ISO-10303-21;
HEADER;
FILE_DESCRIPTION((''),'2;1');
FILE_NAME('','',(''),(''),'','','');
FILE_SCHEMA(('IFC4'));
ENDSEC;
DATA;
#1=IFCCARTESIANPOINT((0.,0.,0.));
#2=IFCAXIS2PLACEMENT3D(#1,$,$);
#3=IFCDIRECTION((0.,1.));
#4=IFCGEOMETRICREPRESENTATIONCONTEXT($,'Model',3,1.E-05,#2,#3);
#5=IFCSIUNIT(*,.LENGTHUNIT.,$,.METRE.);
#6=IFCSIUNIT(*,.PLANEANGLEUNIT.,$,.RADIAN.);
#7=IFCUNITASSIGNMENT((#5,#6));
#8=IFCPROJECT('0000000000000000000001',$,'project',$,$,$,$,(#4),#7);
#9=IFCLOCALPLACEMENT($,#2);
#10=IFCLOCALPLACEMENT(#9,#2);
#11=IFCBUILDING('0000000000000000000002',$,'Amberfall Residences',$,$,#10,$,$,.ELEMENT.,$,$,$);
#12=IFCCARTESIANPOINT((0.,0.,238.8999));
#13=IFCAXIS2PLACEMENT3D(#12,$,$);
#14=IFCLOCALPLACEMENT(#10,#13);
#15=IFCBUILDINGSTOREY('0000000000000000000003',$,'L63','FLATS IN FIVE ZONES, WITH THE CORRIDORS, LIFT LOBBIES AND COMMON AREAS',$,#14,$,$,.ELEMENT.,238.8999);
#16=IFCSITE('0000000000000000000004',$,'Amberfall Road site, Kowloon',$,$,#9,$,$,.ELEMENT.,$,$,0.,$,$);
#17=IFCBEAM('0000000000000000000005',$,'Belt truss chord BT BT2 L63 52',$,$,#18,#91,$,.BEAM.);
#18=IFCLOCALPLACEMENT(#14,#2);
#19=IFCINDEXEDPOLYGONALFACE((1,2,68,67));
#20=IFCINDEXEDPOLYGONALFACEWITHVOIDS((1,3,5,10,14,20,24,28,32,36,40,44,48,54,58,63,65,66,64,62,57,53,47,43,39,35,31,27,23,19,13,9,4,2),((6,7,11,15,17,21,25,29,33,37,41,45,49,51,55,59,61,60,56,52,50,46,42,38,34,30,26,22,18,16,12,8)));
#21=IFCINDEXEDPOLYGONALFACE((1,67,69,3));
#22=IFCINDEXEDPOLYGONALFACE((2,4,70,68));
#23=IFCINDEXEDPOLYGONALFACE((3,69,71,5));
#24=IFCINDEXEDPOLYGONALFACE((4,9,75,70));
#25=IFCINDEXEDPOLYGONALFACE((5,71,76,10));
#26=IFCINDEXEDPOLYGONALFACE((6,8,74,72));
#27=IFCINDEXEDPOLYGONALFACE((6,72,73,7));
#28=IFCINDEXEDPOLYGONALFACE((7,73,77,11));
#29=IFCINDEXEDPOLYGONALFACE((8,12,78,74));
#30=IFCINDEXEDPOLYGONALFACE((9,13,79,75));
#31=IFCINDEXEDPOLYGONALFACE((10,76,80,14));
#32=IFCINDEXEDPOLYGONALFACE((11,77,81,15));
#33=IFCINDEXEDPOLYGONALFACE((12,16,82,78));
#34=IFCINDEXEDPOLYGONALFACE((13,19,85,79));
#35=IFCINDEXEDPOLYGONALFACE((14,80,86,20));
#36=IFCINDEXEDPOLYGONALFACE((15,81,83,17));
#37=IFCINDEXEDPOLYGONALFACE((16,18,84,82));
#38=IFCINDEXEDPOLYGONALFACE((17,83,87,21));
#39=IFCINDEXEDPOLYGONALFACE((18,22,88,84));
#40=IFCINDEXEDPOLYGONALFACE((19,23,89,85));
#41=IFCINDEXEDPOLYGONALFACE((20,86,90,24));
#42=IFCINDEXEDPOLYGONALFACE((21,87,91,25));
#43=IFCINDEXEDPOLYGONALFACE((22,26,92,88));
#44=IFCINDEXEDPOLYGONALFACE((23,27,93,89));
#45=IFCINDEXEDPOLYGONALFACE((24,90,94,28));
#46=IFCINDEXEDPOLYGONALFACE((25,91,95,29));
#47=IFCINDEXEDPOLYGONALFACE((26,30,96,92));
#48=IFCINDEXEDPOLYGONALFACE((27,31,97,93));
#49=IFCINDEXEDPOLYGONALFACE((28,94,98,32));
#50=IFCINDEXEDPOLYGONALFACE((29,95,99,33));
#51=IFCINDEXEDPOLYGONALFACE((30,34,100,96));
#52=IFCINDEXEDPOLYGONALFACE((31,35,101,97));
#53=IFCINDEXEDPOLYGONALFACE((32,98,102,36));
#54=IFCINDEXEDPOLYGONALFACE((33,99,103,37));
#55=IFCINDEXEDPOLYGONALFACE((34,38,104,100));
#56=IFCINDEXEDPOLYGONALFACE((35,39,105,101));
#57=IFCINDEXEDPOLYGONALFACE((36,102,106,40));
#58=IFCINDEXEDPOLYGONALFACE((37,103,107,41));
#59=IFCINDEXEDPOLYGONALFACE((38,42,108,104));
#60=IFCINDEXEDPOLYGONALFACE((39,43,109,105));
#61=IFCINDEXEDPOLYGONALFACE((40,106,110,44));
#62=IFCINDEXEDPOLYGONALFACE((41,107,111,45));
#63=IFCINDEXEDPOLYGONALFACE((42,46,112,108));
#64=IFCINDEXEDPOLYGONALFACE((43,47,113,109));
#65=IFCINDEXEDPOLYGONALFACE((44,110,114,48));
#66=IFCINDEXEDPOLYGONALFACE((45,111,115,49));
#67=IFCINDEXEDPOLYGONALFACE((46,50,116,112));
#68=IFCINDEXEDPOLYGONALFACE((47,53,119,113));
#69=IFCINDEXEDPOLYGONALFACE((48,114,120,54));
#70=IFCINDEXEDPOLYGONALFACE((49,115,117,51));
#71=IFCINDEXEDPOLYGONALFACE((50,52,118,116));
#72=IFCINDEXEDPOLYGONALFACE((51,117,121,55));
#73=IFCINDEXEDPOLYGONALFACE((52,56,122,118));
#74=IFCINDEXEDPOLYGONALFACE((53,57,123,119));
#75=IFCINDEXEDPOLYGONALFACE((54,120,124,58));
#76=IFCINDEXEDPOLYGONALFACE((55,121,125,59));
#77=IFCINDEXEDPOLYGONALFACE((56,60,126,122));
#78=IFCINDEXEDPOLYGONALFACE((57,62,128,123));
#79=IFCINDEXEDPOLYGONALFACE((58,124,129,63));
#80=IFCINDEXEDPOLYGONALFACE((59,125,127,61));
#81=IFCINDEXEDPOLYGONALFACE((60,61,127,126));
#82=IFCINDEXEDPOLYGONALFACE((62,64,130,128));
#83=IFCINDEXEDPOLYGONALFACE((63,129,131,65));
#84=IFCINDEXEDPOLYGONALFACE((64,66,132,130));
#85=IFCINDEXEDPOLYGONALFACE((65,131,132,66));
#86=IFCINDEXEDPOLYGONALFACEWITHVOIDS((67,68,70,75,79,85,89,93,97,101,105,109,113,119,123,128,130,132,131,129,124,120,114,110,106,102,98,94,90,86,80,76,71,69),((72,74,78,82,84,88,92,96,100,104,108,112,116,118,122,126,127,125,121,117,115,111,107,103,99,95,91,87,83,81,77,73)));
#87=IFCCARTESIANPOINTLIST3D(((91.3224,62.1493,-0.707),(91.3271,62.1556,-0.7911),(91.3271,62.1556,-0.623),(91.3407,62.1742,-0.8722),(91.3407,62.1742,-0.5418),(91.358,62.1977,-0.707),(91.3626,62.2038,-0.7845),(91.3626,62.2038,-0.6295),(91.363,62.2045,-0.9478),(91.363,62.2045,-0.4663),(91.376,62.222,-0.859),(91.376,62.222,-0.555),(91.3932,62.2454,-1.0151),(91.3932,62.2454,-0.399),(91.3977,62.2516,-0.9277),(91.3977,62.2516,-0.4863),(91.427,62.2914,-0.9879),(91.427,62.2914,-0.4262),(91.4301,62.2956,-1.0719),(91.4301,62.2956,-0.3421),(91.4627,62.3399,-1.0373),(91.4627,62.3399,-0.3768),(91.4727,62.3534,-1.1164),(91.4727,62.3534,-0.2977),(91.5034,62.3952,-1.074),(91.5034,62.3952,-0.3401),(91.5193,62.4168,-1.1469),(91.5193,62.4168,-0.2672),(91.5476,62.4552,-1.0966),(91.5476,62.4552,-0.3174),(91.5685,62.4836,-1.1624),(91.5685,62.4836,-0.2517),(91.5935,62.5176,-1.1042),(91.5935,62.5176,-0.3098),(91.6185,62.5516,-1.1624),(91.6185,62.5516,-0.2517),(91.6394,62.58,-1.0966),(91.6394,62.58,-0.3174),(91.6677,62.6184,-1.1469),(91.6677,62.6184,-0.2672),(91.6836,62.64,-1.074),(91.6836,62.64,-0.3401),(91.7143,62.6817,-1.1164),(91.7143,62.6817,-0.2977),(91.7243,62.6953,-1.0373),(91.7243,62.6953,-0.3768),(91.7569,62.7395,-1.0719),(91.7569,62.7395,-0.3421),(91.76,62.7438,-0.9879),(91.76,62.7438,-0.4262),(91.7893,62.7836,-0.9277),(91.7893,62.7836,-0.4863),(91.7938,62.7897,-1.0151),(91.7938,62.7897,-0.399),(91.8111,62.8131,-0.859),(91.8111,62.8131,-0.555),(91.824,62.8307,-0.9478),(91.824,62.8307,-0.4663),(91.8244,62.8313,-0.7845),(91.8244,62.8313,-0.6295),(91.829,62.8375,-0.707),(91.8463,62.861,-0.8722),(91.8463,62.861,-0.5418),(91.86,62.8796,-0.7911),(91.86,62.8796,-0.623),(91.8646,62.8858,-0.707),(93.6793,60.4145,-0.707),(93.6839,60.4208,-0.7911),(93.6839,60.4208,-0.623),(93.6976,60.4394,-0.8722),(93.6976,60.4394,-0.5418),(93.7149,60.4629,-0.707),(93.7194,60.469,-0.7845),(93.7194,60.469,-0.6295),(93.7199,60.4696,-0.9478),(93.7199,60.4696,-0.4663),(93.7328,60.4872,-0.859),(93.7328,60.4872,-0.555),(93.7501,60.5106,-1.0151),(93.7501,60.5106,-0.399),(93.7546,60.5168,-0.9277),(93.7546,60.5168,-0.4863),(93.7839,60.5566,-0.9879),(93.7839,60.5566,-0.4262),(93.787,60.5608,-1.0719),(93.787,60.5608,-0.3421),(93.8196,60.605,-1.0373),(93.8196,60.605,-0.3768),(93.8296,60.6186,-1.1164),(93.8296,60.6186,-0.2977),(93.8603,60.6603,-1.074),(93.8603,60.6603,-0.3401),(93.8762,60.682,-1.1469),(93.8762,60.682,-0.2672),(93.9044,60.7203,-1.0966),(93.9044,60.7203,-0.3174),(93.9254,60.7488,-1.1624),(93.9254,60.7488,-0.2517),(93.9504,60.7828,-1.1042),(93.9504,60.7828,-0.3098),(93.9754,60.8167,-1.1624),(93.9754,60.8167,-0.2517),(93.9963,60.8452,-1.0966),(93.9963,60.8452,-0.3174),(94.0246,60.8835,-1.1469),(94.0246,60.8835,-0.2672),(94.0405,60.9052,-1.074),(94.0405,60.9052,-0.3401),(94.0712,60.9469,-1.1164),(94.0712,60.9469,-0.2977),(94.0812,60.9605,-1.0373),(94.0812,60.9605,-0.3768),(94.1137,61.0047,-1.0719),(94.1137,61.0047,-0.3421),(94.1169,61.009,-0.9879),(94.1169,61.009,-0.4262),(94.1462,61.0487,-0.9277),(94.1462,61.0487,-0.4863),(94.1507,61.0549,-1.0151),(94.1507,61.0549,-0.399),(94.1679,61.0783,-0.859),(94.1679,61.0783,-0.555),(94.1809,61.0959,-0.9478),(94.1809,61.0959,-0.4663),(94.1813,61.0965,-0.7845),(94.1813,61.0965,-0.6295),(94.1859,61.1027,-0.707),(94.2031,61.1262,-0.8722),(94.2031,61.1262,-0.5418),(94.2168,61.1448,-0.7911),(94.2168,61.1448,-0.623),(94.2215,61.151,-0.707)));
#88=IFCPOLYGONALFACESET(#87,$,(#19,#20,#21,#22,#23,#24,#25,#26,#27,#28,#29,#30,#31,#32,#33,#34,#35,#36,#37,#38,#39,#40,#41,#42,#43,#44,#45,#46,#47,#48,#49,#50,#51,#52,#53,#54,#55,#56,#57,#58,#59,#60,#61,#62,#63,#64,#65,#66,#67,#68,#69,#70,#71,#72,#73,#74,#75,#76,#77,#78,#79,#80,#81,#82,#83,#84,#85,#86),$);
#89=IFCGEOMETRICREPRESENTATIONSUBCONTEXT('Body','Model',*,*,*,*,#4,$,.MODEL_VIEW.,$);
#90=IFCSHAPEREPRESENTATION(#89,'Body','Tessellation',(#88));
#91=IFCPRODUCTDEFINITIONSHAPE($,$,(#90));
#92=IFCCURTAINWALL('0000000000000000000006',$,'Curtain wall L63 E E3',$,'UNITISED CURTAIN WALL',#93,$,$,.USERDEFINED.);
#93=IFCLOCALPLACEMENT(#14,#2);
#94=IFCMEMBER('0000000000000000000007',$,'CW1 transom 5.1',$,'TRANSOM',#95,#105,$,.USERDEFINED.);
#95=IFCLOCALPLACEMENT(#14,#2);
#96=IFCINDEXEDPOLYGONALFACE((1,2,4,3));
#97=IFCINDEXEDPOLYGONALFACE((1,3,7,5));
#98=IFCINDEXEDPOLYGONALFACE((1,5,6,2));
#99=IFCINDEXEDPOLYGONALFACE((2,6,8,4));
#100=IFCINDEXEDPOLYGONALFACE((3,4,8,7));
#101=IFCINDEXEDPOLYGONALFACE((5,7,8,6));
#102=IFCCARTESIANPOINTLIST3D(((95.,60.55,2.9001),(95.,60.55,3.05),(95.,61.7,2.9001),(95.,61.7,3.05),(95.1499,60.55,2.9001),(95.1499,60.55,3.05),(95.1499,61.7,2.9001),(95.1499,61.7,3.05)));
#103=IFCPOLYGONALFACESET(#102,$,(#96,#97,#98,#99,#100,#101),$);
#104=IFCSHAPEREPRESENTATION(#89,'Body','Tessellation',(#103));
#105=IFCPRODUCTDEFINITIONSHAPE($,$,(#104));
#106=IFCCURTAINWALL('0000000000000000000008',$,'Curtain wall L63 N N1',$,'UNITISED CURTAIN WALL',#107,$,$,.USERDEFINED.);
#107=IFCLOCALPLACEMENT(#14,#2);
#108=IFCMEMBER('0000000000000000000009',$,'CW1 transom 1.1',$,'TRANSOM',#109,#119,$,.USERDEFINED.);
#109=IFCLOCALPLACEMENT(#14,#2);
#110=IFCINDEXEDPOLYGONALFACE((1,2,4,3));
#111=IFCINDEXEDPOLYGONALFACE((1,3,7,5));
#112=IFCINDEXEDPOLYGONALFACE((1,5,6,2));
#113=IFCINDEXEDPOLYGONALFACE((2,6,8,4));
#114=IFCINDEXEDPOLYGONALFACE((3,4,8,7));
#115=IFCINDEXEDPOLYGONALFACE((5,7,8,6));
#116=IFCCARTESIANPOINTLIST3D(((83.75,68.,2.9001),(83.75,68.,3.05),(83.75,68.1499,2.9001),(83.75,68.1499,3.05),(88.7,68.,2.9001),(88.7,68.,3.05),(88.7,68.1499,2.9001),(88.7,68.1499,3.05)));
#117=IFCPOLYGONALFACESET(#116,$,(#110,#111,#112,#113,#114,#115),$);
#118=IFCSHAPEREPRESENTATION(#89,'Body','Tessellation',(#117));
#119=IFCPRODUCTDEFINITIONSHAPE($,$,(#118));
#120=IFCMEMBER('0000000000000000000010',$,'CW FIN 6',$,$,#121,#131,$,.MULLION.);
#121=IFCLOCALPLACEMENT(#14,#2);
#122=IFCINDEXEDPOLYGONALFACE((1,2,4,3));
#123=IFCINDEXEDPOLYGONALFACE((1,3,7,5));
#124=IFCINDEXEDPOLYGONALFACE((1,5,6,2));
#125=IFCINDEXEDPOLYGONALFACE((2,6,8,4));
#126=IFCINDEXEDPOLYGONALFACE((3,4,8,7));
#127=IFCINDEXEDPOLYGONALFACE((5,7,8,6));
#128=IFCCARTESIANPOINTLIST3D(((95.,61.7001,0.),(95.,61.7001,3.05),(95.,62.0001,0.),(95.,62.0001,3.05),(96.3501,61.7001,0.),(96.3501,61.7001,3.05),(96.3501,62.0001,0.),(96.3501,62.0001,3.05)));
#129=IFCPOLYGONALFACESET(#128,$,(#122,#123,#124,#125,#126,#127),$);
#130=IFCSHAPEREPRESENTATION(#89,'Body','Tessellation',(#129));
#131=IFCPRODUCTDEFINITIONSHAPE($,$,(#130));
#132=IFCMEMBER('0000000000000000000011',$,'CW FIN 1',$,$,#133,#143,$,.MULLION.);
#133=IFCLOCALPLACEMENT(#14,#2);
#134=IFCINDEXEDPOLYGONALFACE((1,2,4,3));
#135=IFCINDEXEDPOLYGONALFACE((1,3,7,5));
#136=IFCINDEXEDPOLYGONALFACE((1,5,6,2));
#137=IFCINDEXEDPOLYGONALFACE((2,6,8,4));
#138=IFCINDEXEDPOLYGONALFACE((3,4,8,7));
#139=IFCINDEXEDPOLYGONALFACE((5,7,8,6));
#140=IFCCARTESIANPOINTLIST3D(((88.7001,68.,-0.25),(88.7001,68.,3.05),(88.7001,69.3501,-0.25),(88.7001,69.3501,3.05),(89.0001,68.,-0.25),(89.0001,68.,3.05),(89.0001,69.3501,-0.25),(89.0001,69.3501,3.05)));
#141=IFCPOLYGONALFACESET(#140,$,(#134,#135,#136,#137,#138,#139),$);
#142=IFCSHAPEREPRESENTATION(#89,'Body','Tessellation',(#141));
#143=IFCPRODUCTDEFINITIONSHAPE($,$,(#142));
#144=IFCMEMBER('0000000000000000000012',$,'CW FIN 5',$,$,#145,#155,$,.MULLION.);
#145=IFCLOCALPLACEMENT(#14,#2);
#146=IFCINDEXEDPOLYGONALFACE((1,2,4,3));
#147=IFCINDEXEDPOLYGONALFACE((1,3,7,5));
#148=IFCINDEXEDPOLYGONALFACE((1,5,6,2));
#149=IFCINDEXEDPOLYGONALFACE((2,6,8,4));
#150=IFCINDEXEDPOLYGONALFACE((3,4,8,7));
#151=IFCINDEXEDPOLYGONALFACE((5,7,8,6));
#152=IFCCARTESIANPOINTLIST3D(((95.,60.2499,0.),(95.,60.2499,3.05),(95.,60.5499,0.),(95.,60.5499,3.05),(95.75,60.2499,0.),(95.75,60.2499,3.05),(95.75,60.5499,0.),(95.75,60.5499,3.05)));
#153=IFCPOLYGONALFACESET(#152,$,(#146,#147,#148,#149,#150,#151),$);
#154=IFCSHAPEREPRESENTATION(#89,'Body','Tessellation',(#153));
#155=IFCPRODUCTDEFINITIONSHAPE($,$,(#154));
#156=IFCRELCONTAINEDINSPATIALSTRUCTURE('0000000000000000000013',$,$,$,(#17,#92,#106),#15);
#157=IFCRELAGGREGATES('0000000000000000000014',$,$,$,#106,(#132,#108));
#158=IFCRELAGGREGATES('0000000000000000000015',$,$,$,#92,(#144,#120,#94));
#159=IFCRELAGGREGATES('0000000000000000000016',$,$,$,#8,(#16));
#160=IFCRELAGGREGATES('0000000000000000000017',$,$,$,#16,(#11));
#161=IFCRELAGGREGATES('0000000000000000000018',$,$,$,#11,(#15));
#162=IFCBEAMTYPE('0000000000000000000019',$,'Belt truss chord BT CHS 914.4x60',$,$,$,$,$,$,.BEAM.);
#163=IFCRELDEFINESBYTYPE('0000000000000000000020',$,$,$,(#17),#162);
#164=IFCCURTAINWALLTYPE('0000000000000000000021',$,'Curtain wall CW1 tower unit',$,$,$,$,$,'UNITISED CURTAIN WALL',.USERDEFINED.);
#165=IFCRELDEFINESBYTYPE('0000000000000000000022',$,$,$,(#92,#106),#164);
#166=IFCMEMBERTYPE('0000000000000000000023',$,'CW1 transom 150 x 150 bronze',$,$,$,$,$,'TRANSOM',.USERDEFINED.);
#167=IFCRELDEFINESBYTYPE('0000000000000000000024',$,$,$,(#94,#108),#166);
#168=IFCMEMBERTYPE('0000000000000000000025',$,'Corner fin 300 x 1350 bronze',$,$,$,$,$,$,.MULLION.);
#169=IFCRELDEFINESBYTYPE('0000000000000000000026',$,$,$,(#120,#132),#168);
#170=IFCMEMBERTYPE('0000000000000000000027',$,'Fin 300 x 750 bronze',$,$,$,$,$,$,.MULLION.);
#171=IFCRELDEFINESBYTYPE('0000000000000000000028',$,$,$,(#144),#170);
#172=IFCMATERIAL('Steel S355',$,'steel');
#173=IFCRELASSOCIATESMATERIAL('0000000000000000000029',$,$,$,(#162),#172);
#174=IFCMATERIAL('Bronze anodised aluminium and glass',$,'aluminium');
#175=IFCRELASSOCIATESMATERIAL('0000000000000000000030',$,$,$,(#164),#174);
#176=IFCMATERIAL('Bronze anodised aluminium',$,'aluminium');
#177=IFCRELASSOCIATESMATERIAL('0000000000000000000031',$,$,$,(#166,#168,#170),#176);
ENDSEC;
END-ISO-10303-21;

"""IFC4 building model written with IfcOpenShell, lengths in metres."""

from ifc_helpers import new_model, si_unit, direction, frame, origin, origin_2d, place, context, subcontext, project, spatial, rectangle, hollow_circle, extrude, material, material_profile, profile_set, type_object, element, aggregate, save


model = new_model("IFC4")

# Units and contexts
model_context = context("Model", 3, precision=1e-05, world=origin(), true_north=direction((0.0, 1.0)))
body_context = subcontext(model_context, "Body", "Model", "MODEL_VIEW")
ifc_project = project(units=[si_unit("LENGTHUNIT", "METRE"), si_unit("PLANEANGLEUNIT", "RADIAN")], contexts=[model_context])

# Site, building, storey
site_placement = place(None, origin())
site = spatial("IfcSite", under=ifc_project, at=site_placement, Name="Amberfall Road site, Kowloon", CompositionType="ELEMENT", RefElevation=0.0)
building_placement = place(site_placement, origin())
building = spatial("IfcBuilding", under=site, at=building_placement, Name="Amberfall Residences", CompositionType="ELEMENT")
storey_placement = place(building_placement, frame((0.0, 0.0, 238.8999)))
storey = spatial("IfcBuildingStorey", under=building, at=storey_placement, Name="L63", Description="FLATS IN FIVE ZONES, WITH THE CORRIDORS, LIFT LOBBIES AND COMMON AREAS", CompositionType="ELEMENT", Elevation=238.8999)

# Beam
ifc_material_1 = material(Name="Steel S355", Category="steel")
ifc_material_profile_1 = material_profile(ifc_material_1, hollow_circle(Radius=0.4573, WallThickness=0.0601, at=origin_2d()), Name="CHS 914.4x60")
ifc_profile_set_1 = profile_set([ifc_material_profile_1], Name="Steel S355")
beam_type_1 = type_object("IfcBeamType", Name="Belt truss chord BT CHS 914.4x60", PredefinedType="BEAM", material=ifc_profile_set_1)
beam_1_placement = place(storey_placement, frame((91.5935, 62.5176, -0.707), z_axis=(0.805353, -0.592795, 0.0), x_axis=(0.592795, 0.805353, 0.0)))
element("IfcBeam", 1, at=beam_1_placement, inside=storey, type_object=beam_type_1, Name="Belt truss chord BT BT2 L63 52", PredefinedType="BEAM", context=body_context, shape_type="SweptSolid", body=[
    extrude(hollow_circle(Radius=0.4573, WallThickness=0.0601, at=origin_2d()), origin(), (0.0, 0.0, 1.0), 2.9265),
])

# Curtain walls, members
ifc_material_2 = material(Name="Bronze anodised aluminium and glass", Category="aluminium")
curtain_wall_type = type_object("IfcCurtainWallType", Name="Curtain wall CW1 tower unit", ElementType="UNITISED CURTAIN WALL", PredefinedType="USERDEFINED", material=ifc_material_2)
curtain_wall_1_placement = place(storey_placement, origin())
curtain_wall_1 = element("IfcCurtainWall", 2, at=curtain_wall_1_placement, inside=storey, type_object=curtain_wall_type, Name="Curtain wall L63 E E3", ObjectType="UNITISED CURTAIN WALL", PredefinedType="USERDEFINED")
ifc_material_3 = material(Name="Bronze anodised aluminium", Category="aluminium")
ifc_material_profile_2 = material_profile(ifc_material_3, rectangle(XDim=0.1499, YDim=0.1499, at=origin_2d()), Name="CW1 transom 150 x 150 bronze")
ifc_profile_set_2 = profile_set([ifc_material_profile_2], Name="Bronze anodised aluminium")
member_type_1 = type_object("IfcMemberType", Name="CW1 transom 150 x 150 bronze", ElementType="TRANSOM", PredefinedType="USERDEFINED", material=ifc_profile_set_2)
member_1_placement = place(storey_placement, frame((95.075, 60.55, 2.9751), z_axis=(0.0, 1.0, 0.0), x_axis=(-1.0, 0.0, 0.0)))
member_1 = element("IfcMember", 3, at=member_1_placement, type_object=member_type_1, Name="CW1 transom 5.1", ObjectType="TRANSOM", PredefinedType="USERDEFINED", context=body_context, shape_type="SweptSolid", body=[
    extrude(rectangle(XDim=0.1499, YDim=0.1499, at=origin_2d()), origin(), (0.0, 0.0, 1.0), 1.1499),
])
curtain_wall_2_placement = place(storey_placement, origin())
curtain_wall_2 = element("IfcCurtainWall", 4, at=curtain_wall_2_placement, inside=storey, type_object=curtain_wall_type, Name="Curtain wall L63 N N1", ObjectType="UNITISED CURTAIN WALL", PredefinedType="USERDEFINED")
member_2_placement = place(storey_placement, frame((88.7, 68.075, 2.9751), z_axis=(-1.0, 0.0, 0.0), x_axis=(0.0, -1.0, 0.0)))
member_2 = element("IfcMember", 5, at=member_2_placement, type_object=member_type_1, Name="CW1 transom 1.1", ObjectType="TRANSOM", PredefinedType="USERDEFINED", context=body_context, shape_type="SweptSolid", body=[
    extrude(rectangle(XDim=0.1499, YDim=0.1499, at=origin_2d()), origin(), (0.0, 0.0, 1.0), 4.95),
])

# Members
ifc_material_profile_3 = material_profile(ifc_material_3, rectangle(XDim=1.3501, YDim=0.3, at=origin_2d()), Name="Corner fin 300 x 1350 bronze")
ifc_profile_set_3 = profile_set([ifc_material_profile_3], Name="Bronze anodised aluminium")
member_type_2 = type_object("IfcMemberType", Name="Corner fin 300 x 1350 bronze", PredefinedType="MULLION", material=ifc_profile_set_3)
member_3_placement = place(storey_placement, frame((95.675, 61.8501, 0.0), z_axis=(0.0, 0.0, 1.0), x_axis=(-1.0, 0.0, 0.0)))
member_3 = element("IfcMember", 6, at=member_3_placement, type_object=member_type_2, Name="CW FIN 6", PredefinedType="MULLION", context=body_context, shape_type="SweptSolid", body=[
    extrude(rectangle(XDim=1.3501, YDim=0.3, at=origin_2d()), origin(), (0.0, 0.0, 1.0), 3.05),
])
member_4_placement = place(storey_placement, frame((88.8501, 68.675, -0.25), z_axis=(0.0, 0.0, 1.0), x_axis=(0.0, -1.0, 0.0)))
member_4 = element("IfcMember", 7, at=member_4_placement, type_object=member_type_2, Name="CW FIN 1", PredefinedType="MULLION", context=body_context, shape_type="SweptSolid", body=[
    extrude(rectangle(XDim=1.3501, YDim=0.3, at=origin_2d()), origin(), (0.0, 0.0, 1.0), 3.3),
])
aggregate(curtain_wall_2, [member_4, member_2])
ifc_material_profile_4 = material_profile(ifc_material_3, rectangle(XDim=0.75, YDim=0.3, at=origin_2d()), Name="Fin 300 x 750 bronze")
ifc_profile_set_4 = profile_set([ifc_material_profile_4], Name="Bronze anodised aluminium")
member_type_3 = type_object("IfcMemberType", Name="Fin 300 x 750 bronze", PredefinedType="MULLION", material=ifc_profile_set_4)
member_5_placement = place(storey_placement, frame((95.375, 60.3999, 0.0), z_axis=(0.0, 0.0, 1.0), x_axis=(-1.0, 0.0, 0.0)))
member_5 = element("IfcMember", 8, at=member_5_placement, type_object=member_type_3, Name="CW FIN 5", PredefinedType="MULLION", context=body_context, shape_type="SweptSolid", body=[
    extrude(rectangle(XDim=0.75, YDim=0.3, at=origin_2d()), origin(), (0.0, 0.0, 1.0), 3.05),
])

aggregate(curtain_wall_1, [member_5, member_3, member_1])

save(model, "model.ifc")
